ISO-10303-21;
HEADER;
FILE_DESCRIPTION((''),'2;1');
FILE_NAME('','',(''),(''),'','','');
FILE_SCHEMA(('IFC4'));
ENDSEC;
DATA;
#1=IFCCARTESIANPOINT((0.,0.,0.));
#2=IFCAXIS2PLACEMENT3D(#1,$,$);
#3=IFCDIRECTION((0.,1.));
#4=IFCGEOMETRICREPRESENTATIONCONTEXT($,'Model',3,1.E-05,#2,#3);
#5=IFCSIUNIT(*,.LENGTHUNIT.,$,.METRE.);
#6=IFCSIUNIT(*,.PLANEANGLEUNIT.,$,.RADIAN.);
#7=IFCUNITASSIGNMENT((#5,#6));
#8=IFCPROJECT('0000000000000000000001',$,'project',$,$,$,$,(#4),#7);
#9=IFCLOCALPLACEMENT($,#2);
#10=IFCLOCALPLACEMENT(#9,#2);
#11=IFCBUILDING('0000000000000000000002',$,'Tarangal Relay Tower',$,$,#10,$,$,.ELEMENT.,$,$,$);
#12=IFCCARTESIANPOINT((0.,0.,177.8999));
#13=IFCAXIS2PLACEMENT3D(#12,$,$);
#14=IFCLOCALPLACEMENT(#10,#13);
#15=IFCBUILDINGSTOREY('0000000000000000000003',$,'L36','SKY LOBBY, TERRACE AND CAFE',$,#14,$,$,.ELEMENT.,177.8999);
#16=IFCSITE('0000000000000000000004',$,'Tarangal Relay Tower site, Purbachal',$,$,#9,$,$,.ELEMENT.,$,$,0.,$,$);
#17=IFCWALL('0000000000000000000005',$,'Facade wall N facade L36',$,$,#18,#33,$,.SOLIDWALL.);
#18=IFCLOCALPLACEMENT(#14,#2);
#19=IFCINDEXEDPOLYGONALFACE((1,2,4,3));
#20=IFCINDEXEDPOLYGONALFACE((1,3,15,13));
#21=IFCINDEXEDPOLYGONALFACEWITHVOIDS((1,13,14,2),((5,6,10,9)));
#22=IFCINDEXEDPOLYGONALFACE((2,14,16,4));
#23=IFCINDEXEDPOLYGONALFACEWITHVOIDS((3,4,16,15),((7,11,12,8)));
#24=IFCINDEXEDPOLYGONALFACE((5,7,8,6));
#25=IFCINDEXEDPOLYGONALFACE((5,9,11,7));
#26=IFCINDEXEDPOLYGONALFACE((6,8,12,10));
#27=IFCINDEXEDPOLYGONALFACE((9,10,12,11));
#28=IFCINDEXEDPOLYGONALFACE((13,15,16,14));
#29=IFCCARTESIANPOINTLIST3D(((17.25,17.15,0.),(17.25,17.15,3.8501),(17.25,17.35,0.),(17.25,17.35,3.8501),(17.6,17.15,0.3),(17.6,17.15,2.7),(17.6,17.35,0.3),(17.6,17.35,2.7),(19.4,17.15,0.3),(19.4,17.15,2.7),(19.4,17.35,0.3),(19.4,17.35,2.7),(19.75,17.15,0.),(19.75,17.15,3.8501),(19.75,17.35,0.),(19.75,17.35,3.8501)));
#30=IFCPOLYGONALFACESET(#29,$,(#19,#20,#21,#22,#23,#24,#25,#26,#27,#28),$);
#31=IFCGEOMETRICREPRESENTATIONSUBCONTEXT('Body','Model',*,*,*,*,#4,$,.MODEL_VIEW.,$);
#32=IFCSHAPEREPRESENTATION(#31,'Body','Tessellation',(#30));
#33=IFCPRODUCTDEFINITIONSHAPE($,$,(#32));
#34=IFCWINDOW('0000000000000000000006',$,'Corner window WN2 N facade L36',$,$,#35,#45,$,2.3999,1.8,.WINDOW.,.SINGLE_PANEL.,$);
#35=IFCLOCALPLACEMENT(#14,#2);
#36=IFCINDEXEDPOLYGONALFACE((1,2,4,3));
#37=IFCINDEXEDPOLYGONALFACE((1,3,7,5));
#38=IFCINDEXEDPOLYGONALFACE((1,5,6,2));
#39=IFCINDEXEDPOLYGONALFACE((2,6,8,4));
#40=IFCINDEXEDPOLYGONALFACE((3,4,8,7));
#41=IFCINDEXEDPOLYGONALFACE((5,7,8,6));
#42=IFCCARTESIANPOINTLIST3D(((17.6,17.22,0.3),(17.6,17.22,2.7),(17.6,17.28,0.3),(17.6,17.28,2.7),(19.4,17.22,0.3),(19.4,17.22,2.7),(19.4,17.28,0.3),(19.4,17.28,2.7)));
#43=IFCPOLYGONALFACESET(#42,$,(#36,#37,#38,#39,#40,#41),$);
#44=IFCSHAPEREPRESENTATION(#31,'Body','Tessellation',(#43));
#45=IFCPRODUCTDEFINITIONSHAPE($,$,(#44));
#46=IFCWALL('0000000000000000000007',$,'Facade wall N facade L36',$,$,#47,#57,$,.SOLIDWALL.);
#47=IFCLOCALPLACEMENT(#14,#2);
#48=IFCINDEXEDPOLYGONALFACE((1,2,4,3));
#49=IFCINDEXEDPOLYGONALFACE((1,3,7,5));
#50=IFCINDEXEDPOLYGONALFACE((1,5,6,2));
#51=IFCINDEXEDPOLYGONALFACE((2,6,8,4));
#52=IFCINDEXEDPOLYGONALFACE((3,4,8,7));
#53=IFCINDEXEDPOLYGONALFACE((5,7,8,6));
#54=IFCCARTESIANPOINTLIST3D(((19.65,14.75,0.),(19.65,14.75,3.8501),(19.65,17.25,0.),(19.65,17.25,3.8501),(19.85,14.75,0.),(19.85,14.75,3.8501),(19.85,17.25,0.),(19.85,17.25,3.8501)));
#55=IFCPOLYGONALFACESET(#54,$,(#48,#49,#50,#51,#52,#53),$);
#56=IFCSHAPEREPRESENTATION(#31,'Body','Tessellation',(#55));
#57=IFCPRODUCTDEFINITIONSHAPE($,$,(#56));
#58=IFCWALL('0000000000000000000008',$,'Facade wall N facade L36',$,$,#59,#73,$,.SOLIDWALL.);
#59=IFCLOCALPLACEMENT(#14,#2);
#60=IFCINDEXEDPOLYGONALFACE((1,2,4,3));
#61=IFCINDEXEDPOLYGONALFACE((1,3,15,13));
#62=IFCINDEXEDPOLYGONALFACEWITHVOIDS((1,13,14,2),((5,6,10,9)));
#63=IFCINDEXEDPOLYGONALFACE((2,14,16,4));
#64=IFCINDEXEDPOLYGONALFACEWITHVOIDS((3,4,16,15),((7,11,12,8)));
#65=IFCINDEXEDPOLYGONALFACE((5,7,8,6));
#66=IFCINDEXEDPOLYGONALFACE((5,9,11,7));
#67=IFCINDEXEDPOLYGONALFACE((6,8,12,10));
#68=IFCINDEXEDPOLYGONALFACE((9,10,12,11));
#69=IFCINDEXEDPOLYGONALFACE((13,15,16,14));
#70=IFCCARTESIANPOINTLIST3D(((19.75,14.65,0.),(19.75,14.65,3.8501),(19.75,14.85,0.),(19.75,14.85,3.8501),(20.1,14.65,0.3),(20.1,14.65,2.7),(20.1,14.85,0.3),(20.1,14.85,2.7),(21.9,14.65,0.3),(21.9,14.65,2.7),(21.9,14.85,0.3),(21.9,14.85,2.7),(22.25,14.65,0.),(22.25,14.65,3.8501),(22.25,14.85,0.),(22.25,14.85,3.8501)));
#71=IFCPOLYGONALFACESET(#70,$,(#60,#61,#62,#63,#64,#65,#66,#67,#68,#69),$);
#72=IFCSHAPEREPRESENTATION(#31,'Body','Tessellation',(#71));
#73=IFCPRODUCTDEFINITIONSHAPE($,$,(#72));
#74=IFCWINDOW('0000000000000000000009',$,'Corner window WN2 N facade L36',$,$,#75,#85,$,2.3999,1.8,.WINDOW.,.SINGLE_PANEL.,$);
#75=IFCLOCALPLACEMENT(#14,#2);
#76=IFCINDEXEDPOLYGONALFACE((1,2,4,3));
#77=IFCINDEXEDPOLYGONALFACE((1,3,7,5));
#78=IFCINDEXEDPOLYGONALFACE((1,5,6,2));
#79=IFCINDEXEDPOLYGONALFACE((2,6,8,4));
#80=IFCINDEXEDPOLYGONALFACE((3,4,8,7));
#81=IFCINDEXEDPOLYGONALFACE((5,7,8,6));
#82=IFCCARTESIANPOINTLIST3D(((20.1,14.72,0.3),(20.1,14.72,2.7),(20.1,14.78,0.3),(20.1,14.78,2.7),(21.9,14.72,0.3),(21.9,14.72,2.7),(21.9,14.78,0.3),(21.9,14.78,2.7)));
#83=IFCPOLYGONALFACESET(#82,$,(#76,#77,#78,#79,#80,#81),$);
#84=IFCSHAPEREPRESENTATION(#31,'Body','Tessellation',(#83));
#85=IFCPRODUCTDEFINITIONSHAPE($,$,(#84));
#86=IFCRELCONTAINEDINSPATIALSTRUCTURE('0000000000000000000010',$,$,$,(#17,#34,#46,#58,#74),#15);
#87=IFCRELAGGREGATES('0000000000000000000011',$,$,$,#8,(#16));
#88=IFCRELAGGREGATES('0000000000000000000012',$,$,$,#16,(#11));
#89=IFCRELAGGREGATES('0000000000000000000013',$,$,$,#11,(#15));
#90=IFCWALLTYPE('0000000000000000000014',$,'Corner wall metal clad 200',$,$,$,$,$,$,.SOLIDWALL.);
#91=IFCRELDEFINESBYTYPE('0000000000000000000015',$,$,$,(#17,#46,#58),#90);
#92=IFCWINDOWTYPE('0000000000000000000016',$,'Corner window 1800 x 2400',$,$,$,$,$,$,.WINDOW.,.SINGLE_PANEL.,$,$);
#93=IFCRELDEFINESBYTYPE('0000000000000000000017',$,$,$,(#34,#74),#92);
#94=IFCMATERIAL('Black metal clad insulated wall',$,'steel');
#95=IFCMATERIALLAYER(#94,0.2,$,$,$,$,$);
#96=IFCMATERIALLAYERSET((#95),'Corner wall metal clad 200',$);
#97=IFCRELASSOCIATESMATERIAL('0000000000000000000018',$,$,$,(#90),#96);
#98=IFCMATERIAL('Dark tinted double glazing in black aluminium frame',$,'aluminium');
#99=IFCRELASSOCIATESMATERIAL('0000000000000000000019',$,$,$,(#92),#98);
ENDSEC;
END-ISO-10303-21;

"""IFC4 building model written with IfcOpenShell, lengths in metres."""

from ifc_helpers import new_model, si_unit, direction, frame, frame_2d, origin, place, context, subcontext, project, spatial, rectangle, extrude, material, layer, layer_set, type_object, element, fill, save


model = new_model("IFC4")

# Units and contexts
model_context = context("Model", 3, precision=1e-05, world=origin(), true_north=direction((0.0, 1.0)))
body_context = subcontext(model_context, "Body", "Model", "MODEL_VIEW")
ifc_project = project(units=[si_unit("LENGTHUNIT", "METRE"), si_unit("PLANEANGLEUNIT", "RADIAN")], contexts=[model_context])

# Site, building, storey
site_placement = place(None, origin())
site = spatial("IfcSite", under=ifc_project, at=site_placement, Name="Tarangal Relay Tower site, Purbachal", CompositionType="ELEMENT", RefElevation=0.0)
building_placement = place(site_placement, origin())
building = spatial("IfcBuilding", under=site, at=building_placement, Name="Tarangal Relay Tower", CompositionType="ELEMENT")
storey_placement = place(building_placement, frame((0.0, 0.0, 177.8999)))
storey = spatial("IfcBuildingStorey", under=building, at=storey_placement, Name="L36", Description="SKY LOBBY, TERRACE AND CAFE", CompositionType="ELEMENT", Elevation=177.8999)

# Shared definitions
ifc_material_1 = material(Name="Black metal clad insulated wall", Category="steel")
ifc_layer_1 = layer(ifc_material_1, 0.2)
ifc_layer_set_1 = layer_set([ifc_layer_1], Name="Corner wall metal clad 200")
wall_type = type_object("IfcWallType", Name="Corner wall metal clad 200", PredefinedType="SOLIDWALL", material=ifc_layer_set_1)

# Shared definitions
ifc_material_2 = material(Name="Dark tinted double glazing in black aluminium frame", Category="aluminium")
window_type = type_object("IfcWindowType", Name="Corner window 1800 x 2400", PartitioningType="SINGLE_PANEL", PredefinedType="WINDOW", material=ifc_material_2)

# Wall, opening, window
wall_1_placement = place(storey_placement, frame((17.25, 17.25, 0.0), z_axis=(0.0, 0.0, 1.0), x_axis=(1.0, 0.0, 0.0)))
wall_1 = element("IfcWall", 1, at=wall_1_placement, inside=storey, type_object=wall_type, Name="Facade wall N facade L36", PredefinedType="SOLIDWALL", context=body_context, shape_type="SweptSolid", body=[
    extrude(rectangle(XDim=2.5, YDim=0.2, at=frame_2d((1.25, 0.0))), origin(), (0.0, 0.0, 1.0), 3.8501),
])
opening_1_placement = place(wall_1_placement, frame((0.3501, 0.0, 0.3)))
opening_1 = element("IfcOpeningElement", 2, at=opening_1_placement, cuts=wall_1, PredefinedType="OPENING", context=body_context, shape_type="SweptSolid", body=[
    extrude(rectangle(XDim=1.8, YDim=2.3999, at=frame_2d((0.8999, 1.2))), frame((0.0, 0.1099, 0.0), z_axis=(0.0, -1.0, 0.0), x_axis=(1.0, 0.0, 0.0)), (0.0, 0.0, 1.0), 0.22),
])
window_1_placement = place(opening_1_placement, origin())
window_1 = element("IfcWindow", 3, at=window_1_placement, inside=storey, type_object=window_type, Name="Corner window WN2 N facade L36", OverallHeight=2.3999, OverallWidth=1.8, PartitioningType="SINGLE_PANEL", PredefinedType="WINDOW", context=body_context, shape_type="SweptSolid", body=[
    extrude(rectangle(XDim=1.8, YDim=2.3999, at=frame_2d((0.8999, 1.2))), frame((0.0, 0.03, 0.0), z_axis=(0.0, -1.0, 0.0), x_axis=(1.0, 0.0, 0.0)), (0.0, 0.0, 1.0), 0.0601),
])
fill(opening_1, window_1)

# Wall
wall_2_placement = place(storey_placement, frame((19.75, 17.25, 0.0), z_axis=(0.0, 0.0, 1.0), x_axis=(0.0, -1.0, 0.0)))
element("IfcWall", 4, at=wall_2_placement, inside=storey, type_object=wall_type, Name="Facade wall N facade L36", PredefinedType="SOLIDWALL", context=body_context, shape_type="SweptSolid", body=[
    extrude(rectangle(XDim=2.5, YDim=0.2, at=frame_2d((1.25, 0.0))), origin(), (0.0, 0.0, 1.0), 3.8501),
])

# Wall, opening, window
wall_3_placement = place(storey_placement, frame((19.75, 14.75, 0.0), z_axis=(0.0, 0.0, 1.0), x_axis=(1.0, 0.0, 0.0)))
wall_3 = element("IfcWall", 5, at=wall_3_placement, inside=storey, type_object=wall_type, Name="Facade wall N facade L36", PredefinedType="SOLIDWALL", context=body_context, shape_type="SweptSolid", body=[
    extrude(rectangle(XDim=2.5, YDim=0.2, at=frame_2d((1.25, 0.0))), origin(), (0.0, 0.0, 1.0), 3.8501),
])
opening_2_placement = place(wall_3_placement, frame((0.3501, 0.0, 0.3)))
opening_2 = element("IfcOpeningElement", 6, at=opening_2_placement, cuts=wall_3, PredefinedType="OPENING", context=body_context, shape_type="SweptSolid", body=[
    extrude(rectangle(XDim=1.8, YDim=2.3999, at=frame_2d((0.8999, 1.2))), frame((0.0, 0.1099, 0.0), z_axis=(0.0, -1.0, 0.0), x_axis=(1.0, 0.0, 0.0)), (0.0, 0.0, 1.0), 0.22),
])
window_2_placement = place(opening_2_placement, origin())
window_2 = element("IfcWindow", 7, at=window_2_placement, inside=storey, type_object=window_type, Name="Corner window WN2 N facade L36", OverallHeight=2.3999, OverallWidth=1.8, PartitioningType="SINGLE_PANEL", PredefinedType="WINDOW", context=body_context, shape_type="SweptSolid", body=[
    extrude(rectangle(XDim=1.8, YDim=2.3999, at=frame_2d((0.8999, 1.2))), frame((0.0, 0.03, 0.0), z_axis=(0.0, -1.0, 0.0), x_axis=(1.0, 0.0, 0.0)), (0.0, 0.0, 1.0), 0.0601),
])
fill(opening_2, window_2)

save(model, "model.ifc")
